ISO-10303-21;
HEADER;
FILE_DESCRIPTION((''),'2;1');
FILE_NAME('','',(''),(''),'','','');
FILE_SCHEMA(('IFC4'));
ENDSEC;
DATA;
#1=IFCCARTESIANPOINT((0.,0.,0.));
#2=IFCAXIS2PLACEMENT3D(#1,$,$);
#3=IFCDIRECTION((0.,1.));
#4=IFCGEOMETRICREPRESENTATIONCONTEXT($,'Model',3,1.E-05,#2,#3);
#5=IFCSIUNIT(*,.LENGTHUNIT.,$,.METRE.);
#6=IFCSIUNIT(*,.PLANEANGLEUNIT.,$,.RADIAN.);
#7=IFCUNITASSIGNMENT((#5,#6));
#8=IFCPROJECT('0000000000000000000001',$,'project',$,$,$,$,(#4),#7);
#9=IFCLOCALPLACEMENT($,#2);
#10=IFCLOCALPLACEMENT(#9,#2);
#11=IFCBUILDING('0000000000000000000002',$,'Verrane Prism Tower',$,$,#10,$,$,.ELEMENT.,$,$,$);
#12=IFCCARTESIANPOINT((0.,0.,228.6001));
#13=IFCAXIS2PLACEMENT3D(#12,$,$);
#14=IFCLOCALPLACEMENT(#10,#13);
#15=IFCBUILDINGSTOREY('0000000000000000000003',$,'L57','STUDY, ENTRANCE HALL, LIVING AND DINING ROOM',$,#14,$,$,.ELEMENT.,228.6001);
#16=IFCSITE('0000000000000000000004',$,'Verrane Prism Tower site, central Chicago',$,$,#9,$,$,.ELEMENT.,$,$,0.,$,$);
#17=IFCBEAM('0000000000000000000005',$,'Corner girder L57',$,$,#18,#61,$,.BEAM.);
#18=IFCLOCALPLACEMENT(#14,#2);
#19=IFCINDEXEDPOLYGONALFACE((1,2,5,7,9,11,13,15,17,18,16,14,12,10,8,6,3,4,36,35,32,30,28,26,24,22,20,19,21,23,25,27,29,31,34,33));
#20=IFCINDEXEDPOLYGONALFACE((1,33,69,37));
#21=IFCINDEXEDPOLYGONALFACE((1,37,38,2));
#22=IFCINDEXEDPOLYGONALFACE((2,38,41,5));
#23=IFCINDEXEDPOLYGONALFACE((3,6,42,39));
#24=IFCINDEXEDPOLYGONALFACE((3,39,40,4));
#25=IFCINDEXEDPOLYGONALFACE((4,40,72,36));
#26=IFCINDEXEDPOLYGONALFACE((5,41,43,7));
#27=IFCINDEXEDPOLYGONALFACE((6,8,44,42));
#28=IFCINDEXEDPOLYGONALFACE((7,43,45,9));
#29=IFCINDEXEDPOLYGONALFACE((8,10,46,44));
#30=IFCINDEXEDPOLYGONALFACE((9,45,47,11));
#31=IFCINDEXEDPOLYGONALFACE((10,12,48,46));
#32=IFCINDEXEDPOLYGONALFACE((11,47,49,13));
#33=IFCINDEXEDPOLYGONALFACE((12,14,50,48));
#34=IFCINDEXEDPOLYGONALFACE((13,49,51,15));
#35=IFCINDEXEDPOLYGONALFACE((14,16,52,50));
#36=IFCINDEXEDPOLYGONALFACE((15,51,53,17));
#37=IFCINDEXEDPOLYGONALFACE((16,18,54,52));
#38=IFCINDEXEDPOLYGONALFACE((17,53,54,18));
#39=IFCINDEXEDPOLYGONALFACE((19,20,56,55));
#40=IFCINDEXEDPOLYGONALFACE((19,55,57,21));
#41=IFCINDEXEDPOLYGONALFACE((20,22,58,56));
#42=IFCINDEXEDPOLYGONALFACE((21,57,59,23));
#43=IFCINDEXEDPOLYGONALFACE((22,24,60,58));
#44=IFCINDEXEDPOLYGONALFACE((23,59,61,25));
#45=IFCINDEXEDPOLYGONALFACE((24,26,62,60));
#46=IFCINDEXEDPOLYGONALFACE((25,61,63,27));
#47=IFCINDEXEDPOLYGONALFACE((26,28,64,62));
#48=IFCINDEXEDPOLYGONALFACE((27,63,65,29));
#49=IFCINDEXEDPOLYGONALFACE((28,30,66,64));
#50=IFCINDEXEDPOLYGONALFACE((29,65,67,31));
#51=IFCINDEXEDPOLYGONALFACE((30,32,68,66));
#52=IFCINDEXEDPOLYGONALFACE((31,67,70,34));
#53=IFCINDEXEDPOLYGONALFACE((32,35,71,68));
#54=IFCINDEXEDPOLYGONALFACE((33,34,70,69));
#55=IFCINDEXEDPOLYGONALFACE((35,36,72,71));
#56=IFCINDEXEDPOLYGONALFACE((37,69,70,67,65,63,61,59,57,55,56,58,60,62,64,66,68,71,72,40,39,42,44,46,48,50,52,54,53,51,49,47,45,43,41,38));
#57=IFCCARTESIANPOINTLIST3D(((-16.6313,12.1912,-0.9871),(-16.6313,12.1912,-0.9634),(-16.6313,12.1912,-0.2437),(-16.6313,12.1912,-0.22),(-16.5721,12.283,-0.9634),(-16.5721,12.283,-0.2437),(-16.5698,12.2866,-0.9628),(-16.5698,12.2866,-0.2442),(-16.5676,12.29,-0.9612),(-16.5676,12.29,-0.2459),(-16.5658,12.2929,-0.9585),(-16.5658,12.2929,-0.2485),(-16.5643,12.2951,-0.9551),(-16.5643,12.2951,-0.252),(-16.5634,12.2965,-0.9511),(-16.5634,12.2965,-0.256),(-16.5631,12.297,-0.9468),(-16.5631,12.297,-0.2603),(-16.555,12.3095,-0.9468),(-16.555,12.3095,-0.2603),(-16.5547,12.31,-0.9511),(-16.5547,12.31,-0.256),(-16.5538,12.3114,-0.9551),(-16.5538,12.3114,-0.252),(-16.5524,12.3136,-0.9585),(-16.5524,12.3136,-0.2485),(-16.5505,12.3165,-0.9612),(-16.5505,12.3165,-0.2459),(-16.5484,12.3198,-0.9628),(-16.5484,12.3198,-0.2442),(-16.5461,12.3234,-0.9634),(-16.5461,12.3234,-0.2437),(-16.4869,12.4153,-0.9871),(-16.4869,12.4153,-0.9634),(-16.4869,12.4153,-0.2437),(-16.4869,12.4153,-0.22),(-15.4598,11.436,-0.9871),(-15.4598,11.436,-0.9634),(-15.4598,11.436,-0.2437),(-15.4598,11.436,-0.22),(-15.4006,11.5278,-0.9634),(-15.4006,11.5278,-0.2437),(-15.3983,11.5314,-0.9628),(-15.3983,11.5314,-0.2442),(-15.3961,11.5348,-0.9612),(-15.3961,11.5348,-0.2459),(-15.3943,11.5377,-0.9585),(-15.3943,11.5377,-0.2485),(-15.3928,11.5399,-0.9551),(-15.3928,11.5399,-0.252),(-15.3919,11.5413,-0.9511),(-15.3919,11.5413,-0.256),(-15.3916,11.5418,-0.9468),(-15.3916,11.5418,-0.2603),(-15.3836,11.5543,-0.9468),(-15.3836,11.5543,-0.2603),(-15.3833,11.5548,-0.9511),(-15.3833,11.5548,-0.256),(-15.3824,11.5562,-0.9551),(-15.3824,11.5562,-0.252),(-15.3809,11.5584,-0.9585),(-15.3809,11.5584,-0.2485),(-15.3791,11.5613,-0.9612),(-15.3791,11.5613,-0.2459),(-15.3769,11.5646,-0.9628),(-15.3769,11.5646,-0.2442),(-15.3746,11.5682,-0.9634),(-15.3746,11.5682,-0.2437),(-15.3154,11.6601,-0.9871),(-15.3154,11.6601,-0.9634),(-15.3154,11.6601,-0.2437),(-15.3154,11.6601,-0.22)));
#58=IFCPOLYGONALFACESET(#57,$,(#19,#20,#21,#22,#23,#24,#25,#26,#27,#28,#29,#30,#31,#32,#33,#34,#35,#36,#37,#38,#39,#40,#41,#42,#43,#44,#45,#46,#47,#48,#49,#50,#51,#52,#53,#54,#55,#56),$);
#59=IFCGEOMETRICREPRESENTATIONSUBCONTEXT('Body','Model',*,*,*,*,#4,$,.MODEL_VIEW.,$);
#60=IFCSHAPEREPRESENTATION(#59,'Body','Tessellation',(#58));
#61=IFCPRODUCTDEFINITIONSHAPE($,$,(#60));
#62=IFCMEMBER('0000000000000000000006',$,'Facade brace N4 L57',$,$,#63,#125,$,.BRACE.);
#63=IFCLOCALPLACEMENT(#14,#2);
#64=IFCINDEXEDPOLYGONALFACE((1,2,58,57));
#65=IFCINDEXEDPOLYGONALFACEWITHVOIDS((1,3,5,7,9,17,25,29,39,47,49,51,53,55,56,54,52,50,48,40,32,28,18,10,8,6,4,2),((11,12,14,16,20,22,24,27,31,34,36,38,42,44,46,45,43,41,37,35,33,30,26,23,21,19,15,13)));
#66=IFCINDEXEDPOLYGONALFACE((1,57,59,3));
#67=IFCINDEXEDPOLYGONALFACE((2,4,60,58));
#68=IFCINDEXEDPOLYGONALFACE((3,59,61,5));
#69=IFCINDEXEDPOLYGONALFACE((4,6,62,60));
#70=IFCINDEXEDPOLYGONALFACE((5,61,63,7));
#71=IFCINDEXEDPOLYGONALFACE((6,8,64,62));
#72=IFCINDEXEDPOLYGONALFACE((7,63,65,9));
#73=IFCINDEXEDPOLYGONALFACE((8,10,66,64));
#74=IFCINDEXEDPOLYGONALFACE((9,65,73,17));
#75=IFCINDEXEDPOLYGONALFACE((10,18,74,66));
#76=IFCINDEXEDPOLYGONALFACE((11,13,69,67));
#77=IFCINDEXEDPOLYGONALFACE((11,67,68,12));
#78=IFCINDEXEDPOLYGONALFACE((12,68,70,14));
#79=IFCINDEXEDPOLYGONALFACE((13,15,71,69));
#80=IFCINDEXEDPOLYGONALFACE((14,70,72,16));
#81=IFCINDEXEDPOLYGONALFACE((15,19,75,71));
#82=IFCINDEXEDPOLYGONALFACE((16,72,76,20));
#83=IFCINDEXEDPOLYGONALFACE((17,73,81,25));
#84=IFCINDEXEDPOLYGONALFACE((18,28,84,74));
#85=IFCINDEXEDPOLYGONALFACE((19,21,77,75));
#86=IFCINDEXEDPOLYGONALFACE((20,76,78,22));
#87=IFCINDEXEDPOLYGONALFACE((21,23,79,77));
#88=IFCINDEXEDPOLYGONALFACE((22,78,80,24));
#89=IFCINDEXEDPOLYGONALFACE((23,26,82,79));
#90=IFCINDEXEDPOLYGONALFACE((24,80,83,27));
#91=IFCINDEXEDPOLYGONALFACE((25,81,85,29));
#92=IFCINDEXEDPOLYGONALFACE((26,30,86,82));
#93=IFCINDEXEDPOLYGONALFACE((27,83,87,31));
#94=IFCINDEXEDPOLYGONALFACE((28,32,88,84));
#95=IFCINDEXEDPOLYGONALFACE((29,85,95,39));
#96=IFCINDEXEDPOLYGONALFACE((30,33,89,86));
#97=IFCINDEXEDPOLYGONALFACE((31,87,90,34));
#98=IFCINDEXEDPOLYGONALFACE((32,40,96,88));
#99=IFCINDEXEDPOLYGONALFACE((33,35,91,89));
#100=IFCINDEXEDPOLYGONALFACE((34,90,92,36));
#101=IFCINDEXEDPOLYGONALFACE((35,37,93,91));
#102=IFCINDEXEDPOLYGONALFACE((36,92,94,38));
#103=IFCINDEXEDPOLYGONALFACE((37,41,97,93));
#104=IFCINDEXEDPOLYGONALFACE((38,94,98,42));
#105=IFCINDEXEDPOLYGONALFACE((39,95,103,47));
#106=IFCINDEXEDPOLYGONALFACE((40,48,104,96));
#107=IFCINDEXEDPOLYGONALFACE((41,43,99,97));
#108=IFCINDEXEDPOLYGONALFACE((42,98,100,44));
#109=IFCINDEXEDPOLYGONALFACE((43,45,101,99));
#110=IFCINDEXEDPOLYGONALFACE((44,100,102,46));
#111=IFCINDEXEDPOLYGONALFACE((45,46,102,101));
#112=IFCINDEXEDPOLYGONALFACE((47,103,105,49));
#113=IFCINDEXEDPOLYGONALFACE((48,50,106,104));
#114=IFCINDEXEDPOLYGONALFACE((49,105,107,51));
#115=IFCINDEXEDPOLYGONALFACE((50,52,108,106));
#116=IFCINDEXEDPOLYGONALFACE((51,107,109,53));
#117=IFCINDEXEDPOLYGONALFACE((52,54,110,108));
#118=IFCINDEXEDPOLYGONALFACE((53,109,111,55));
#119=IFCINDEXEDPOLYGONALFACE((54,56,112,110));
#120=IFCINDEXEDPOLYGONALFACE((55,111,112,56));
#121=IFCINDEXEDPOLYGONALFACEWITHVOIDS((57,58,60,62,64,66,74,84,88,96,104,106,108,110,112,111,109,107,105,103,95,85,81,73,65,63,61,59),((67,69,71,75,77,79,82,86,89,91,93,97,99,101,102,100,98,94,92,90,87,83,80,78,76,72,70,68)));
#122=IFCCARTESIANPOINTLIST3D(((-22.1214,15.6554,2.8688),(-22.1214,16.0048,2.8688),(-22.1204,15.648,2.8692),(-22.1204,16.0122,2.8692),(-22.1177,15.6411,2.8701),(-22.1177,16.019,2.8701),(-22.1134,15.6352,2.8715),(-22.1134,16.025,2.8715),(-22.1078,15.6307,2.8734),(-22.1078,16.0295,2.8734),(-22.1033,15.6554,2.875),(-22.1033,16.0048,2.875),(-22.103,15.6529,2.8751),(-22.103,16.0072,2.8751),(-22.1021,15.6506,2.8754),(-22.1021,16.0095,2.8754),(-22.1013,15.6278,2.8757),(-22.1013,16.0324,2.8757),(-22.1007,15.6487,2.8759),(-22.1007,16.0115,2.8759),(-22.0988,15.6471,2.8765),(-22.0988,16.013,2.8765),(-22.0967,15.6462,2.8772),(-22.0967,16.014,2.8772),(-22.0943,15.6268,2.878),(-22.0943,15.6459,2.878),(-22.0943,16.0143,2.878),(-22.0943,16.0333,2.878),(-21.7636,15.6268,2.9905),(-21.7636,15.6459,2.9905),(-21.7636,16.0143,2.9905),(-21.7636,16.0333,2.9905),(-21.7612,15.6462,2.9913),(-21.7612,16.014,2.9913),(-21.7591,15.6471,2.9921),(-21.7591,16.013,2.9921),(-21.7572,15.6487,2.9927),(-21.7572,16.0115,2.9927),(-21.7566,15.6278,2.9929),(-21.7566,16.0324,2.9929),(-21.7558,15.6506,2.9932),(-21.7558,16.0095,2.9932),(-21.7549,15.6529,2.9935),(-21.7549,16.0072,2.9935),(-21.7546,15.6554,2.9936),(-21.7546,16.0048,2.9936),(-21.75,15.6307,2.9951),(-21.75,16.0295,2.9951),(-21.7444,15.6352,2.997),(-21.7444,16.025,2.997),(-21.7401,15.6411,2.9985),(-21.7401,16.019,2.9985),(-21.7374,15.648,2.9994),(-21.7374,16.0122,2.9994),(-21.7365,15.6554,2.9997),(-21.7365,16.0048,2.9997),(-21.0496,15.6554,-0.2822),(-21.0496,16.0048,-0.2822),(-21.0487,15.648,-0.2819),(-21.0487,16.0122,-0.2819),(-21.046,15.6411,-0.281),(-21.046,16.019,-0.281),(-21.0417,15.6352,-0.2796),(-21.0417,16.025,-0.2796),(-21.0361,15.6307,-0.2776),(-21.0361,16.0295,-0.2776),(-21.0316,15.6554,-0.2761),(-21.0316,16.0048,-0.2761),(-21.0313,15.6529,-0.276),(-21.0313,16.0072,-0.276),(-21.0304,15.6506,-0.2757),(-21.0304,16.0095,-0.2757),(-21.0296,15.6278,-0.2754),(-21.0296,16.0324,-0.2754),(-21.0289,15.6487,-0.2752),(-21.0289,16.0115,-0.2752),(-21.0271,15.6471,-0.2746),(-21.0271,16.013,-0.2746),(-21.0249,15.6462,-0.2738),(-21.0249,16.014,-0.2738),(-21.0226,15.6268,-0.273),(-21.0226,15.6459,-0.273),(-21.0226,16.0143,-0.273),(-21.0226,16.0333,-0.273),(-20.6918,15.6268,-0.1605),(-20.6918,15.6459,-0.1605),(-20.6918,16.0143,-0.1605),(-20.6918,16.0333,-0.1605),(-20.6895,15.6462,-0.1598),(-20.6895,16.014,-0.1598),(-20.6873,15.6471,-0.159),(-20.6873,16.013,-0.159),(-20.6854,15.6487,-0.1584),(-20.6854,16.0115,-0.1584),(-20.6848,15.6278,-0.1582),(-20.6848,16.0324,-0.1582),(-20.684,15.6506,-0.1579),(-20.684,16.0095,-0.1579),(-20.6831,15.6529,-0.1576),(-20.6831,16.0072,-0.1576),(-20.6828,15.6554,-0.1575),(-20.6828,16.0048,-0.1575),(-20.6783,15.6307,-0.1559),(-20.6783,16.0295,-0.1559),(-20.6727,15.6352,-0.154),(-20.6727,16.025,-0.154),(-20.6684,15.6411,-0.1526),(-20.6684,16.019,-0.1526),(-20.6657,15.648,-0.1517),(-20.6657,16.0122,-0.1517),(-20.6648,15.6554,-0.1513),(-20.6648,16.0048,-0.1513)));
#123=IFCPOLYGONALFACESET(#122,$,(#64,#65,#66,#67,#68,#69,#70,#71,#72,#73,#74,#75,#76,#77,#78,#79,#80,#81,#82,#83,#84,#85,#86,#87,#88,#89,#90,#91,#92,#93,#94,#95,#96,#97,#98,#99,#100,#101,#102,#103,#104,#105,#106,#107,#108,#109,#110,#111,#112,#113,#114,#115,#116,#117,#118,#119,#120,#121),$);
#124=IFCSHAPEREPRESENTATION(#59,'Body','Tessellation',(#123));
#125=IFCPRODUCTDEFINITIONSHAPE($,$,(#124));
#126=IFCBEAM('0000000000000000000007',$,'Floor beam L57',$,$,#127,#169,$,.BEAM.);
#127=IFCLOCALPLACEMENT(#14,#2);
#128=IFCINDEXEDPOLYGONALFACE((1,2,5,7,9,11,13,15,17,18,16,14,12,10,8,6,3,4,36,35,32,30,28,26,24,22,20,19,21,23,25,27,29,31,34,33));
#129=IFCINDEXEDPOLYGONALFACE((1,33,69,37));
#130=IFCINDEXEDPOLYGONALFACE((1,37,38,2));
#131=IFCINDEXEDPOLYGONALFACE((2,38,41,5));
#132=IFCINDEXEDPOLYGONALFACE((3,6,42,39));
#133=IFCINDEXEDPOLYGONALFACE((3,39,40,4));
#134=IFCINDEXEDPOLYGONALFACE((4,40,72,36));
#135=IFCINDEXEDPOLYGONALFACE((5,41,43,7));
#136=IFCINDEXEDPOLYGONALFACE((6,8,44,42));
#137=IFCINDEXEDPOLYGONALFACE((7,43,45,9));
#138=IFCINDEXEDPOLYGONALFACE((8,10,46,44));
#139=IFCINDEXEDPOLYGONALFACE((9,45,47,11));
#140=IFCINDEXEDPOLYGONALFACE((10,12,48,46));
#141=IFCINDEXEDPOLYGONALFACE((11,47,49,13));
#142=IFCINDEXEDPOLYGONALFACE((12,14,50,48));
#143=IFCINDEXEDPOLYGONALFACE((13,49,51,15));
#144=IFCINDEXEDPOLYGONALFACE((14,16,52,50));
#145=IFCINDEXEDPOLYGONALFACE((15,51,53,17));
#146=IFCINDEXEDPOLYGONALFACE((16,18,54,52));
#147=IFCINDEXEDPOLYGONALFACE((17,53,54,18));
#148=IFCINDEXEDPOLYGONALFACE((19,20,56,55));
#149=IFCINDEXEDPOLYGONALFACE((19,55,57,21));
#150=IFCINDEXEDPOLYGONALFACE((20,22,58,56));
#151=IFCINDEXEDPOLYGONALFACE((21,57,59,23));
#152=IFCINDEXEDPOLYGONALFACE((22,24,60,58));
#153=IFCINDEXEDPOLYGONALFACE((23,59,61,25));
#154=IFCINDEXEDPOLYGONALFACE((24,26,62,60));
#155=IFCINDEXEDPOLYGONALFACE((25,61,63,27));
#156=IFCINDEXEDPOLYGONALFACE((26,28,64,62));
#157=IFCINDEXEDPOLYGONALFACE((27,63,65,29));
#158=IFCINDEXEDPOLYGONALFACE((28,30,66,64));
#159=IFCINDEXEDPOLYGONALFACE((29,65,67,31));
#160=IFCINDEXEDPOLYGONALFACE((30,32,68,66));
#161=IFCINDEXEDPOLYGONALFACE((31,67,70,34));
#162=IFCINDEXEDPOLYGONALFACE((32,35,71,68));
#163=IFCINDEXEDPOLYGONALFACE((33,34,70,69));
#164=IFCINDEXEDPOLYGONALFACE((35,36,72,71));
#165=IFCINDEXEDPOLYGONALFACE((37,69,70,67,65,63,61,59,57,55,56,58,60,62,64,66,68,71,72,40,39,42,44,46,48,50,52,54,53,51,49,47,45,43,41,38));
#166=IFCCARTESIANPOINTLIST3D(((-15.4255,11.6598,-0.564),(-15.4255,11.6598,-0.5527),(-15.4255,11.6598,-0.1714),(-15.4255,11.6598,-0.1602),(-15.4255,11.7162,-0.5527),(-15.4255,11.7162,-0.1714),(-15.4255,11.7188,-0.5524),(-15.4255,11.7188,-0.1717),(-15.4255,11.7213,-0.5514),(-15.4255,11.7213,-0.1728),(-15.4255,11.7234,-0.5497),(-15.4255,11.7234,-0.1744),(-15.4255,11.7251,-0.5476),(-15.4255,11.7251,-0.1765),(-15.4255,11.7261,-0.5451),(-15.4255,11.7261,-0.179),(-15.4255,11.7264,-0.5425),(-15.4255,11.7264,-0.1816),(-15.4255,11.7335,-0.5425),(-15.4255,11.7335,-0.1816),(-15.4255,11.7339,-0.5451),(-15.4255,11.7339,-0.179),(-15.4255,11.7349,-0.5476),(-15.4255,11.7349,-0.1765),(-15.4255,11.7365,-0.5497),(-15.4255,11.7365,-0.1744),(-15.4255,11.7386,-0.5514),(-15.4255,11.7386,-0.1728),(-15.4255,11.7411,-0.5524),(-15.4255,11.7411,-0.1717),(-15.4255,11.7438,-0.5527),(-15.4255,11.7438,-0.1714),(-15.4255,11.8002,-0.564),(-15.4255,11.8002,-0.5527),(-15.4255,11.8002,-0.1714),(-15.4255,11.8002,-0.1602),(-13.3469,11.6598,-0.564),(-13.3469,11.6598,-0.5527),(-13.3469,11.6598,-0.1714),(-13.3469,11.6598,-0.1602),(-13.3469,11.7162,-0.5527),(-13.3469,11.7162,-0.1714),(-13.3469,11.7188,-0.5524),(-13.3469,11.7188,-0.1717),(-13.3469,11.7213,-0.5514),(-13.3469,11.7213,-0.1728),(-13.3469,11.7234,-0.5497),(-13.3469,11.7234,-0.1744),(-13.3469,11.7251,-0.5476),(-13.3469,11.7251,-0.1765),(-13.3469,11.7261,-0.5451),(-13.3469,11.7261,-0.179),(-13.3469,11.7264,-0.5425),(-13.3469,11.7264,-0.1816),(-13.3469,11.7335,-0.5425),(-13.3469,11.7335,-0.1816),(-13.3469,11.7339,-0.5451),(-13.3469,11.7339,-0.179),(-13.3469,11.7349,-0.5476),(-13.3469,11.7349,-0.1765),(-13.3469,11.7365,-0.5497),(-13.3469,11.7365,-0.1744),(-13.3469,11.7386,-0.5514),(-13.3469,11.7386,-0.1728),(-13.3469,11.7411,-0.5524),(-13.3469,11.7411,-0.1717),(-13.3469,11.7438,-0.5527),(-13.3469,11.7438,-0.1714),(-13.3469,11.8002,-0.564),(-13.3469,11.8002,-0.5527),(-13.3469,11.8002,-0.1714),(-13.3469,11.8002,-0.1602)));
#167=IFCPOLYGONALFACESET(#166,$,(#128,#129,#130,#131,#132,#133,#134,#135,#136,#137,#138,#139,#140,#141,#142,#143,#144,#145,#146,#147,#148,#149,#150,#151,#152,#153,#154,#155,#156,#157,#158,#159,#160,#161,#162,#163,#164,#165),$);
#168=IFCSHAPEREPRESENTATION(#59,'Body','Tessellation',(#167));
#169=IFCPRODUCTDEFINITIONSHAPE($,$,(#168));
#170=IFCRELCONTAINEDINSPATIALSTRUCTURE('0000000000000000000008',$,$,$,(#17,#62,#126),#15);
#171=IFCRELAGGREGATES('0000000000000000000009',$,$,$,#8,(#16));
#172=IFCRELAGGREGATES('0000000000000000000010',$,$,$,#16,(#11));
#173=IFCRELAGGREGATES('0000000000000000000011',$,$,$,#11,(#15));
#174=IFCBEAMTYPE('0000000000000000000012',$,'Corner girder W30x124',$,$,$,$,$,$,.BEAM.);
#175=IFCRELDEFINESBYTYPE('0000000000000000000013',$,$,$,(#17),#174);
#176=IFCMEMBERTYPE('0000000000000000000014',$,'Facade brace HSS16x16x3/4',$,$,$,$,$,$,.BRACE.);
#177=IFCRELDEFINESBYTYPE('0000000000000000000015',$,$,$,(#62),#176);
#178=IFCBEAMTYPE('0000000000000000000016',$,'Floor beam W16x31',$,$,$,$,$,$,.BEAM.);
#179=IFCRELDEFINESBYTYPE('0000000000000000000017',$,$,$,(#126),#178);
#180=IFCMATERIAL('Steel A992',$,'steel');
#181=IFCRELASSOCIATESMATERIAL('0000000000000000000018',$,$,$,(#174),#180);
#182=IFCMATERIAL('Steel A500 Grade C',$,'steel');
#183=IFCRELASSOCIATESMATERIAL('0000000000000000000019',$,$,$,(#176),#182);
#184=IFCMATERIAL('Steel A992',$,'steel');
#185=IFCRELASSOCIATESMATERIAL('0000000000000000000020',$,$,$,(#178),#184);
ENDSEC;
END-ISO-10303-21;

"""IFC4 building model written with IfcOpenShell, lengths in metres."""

from ifc_helpers import new_model, si_unit, direction, frame, origin, origin_2d, place, context, subcontext, project, spatial, hollow_rectangle, i_section, extrude, material, material_profile, profile_set, type_object, element, save


model = new_model("IFC4")

# Units and contexts
model_context = context("Model", 3, precision=1e-05, world=origin(), true_north=direction((0.0, 1.0)))
body_context = subcontext(model_context, "Body", "Model", "MODEL_VIEW")
ifc_project = project(units=[si_unit("LENGTHUNIT", "METRE"), si_unit("PLANEANGLEUNIT", "RADIAN")], contexts=[model_context])

# Site, building, storey
site_placement = place(None, origin())
site = spatial("IfcSite", under=ifc_project, at=site_placement, Name="Verrane Prism Tower site, central Chicago", CompositionType="ELEMENT", RefElevation=0.0)
building_placement = place(site_placement, origin())
building = spatial("IfcBuilding", under=site, at=building_placement, Name="Verrane Prism Tower", CompositionType="ELEMENT")
storey_placement = place(building_placement, frame((0.0, 0.0, 228.6001)))
storey = spatial("IfcBuildingStorey", under=building, at=storey_placement, Name="L57", Description="STUDY, ENTRANCE HALL, LIVING AND DINING ROOM", CompositionType="ELEMENT", Elevation=228.6001)

# Beam
ifc_material_1 = material(Name="Steel A992", Category="steel")
ifc_material_profile_1 = material_profile(ifc_material_1, i_section(OverallWidth=0.2666, OverallDepth=0.7671, WebThickness=0.0149, FlangeThickness=0.0237, FilletRadius=0.0166, at=origin_2d()), Name="W30x124")
ifc_profile_set_1 = profile_set([ifc_material_profile_1], Name="Steel A992")
beam_type_1 = type_object("IfcBeamType", Name="Corner girder W30x124", PredefinedType="BEAM", material=ifc_profile_set_1)
beam_1_placement = place(storey_placement, frame((-16.5591, 12.3032, -0.6035), z_axis=(0.840495, -0.54182, 0.0), x_axis=(0.54182, 0.840495, 0.0)))
element("IfcBeam", 1, at=beam_1_placement, inside=storey, type_object=beam_type_1, Name="Corner girder L57", PredefinedType="BEAM", context=body_context, shape_type="SweptSolid", body=[
    extrude(i_section(OverallWidth=0.2666, OverallDepth=0.7671, WebThickness=0.0149, FlangeThickness=0.0237, FilletRadius=0.0166, at=origin_2d()), origin(), (0.0, 0.0, 1.0), 1.3938),
])

# Member
ifc_material_2 = material(Name="Steel A500 Grade C", Category="steel")
ifc_material_profile_2 = material_profile(ifc_material_2, hollow_rectangle(XDim=0.4065, YDim=0.4065, WallThickness=0.019, InnerFilletRadius=0.0095, OuterFilletRadius=0.0286, at=origin_2d()), Name="HSS16x16x3/4")
ifc_profile_set_2 = profile_set([ifc_material_profile_2], Name="Steel A500 Grade C")
member_type_1 = type_object("IfcMemberType", Name="Facade brace HSS16x16x3/4", PredefinedType="BRACE", material=ifc_profile_set_2)
member_1_placement = place(storey_placement, frame((-20.8572, 15.8301, -0.2168), z_axis=(-0.322009, 0.0, 0.946737), x_axis=(0.0, -1.0, 0.0)))
element("IfcMember", 2, at=member_1_placement, inside=storey, type_object=member_type_1, Name="Facade brace N4 L57", PredefinedType="BRACE", context=body_context, shape_type="SweptSolid", body=[
    extrude(hollow_rectangle(XDim=0.4065, YDim=0.4065, WallThickness=0.019, InnerFilletRadius=0.0095, OuterFilletRadius=0.0286, at=origin_2d()), origin(), (0.0, 0.0, 1.0), 3.3284),
])

# Beam
ifc_material_3 = material(Name="Steel A992", Category="steel")
ifc_material_profile_3 = material_profile(ifc_material_3, i_section(OverallWidth=0.1404, OverallDepth=0.4038, WebThickness=0.0071, FlangeThickness=0.0112, FilletRadius=0.0103, at=origin_2d()), Name="W16x31")
ifc_profile_set_3 = profile_set([ifc_material_profile_3], Name="Steel A992")
beam_type_2 = type_object("IfcBeamType", Name="Floor beam W16x31", PredefinedType="BEAM", material=ifc_profile_set_3)
beam_2_placement = place(storey_placement, frame((-15.4255, 11.73, -0.3621), z_axis=(1.0, 0.0, 0.0), x_axis=(0.0, 1.0, 0.0)))
element("IfcBeam", 3, at=beam_2_placement, inside=storey, type_object=beam_type_2, Name="Floor beam L57", PredefinedType="BEAM", context=body_context, shape_type="SweptSolid", body=[
    extrude(i_section(OverallWidth=0.1404, OverallDepth=0.4038, WebThickness=0.0071, FlangeThickness=0.0112, FilletRadius=0.0103, at=origin_2d()), origin(), (0.0, 0.0, 1.0), 2.0786),
])

save(model, "model.ifc")
